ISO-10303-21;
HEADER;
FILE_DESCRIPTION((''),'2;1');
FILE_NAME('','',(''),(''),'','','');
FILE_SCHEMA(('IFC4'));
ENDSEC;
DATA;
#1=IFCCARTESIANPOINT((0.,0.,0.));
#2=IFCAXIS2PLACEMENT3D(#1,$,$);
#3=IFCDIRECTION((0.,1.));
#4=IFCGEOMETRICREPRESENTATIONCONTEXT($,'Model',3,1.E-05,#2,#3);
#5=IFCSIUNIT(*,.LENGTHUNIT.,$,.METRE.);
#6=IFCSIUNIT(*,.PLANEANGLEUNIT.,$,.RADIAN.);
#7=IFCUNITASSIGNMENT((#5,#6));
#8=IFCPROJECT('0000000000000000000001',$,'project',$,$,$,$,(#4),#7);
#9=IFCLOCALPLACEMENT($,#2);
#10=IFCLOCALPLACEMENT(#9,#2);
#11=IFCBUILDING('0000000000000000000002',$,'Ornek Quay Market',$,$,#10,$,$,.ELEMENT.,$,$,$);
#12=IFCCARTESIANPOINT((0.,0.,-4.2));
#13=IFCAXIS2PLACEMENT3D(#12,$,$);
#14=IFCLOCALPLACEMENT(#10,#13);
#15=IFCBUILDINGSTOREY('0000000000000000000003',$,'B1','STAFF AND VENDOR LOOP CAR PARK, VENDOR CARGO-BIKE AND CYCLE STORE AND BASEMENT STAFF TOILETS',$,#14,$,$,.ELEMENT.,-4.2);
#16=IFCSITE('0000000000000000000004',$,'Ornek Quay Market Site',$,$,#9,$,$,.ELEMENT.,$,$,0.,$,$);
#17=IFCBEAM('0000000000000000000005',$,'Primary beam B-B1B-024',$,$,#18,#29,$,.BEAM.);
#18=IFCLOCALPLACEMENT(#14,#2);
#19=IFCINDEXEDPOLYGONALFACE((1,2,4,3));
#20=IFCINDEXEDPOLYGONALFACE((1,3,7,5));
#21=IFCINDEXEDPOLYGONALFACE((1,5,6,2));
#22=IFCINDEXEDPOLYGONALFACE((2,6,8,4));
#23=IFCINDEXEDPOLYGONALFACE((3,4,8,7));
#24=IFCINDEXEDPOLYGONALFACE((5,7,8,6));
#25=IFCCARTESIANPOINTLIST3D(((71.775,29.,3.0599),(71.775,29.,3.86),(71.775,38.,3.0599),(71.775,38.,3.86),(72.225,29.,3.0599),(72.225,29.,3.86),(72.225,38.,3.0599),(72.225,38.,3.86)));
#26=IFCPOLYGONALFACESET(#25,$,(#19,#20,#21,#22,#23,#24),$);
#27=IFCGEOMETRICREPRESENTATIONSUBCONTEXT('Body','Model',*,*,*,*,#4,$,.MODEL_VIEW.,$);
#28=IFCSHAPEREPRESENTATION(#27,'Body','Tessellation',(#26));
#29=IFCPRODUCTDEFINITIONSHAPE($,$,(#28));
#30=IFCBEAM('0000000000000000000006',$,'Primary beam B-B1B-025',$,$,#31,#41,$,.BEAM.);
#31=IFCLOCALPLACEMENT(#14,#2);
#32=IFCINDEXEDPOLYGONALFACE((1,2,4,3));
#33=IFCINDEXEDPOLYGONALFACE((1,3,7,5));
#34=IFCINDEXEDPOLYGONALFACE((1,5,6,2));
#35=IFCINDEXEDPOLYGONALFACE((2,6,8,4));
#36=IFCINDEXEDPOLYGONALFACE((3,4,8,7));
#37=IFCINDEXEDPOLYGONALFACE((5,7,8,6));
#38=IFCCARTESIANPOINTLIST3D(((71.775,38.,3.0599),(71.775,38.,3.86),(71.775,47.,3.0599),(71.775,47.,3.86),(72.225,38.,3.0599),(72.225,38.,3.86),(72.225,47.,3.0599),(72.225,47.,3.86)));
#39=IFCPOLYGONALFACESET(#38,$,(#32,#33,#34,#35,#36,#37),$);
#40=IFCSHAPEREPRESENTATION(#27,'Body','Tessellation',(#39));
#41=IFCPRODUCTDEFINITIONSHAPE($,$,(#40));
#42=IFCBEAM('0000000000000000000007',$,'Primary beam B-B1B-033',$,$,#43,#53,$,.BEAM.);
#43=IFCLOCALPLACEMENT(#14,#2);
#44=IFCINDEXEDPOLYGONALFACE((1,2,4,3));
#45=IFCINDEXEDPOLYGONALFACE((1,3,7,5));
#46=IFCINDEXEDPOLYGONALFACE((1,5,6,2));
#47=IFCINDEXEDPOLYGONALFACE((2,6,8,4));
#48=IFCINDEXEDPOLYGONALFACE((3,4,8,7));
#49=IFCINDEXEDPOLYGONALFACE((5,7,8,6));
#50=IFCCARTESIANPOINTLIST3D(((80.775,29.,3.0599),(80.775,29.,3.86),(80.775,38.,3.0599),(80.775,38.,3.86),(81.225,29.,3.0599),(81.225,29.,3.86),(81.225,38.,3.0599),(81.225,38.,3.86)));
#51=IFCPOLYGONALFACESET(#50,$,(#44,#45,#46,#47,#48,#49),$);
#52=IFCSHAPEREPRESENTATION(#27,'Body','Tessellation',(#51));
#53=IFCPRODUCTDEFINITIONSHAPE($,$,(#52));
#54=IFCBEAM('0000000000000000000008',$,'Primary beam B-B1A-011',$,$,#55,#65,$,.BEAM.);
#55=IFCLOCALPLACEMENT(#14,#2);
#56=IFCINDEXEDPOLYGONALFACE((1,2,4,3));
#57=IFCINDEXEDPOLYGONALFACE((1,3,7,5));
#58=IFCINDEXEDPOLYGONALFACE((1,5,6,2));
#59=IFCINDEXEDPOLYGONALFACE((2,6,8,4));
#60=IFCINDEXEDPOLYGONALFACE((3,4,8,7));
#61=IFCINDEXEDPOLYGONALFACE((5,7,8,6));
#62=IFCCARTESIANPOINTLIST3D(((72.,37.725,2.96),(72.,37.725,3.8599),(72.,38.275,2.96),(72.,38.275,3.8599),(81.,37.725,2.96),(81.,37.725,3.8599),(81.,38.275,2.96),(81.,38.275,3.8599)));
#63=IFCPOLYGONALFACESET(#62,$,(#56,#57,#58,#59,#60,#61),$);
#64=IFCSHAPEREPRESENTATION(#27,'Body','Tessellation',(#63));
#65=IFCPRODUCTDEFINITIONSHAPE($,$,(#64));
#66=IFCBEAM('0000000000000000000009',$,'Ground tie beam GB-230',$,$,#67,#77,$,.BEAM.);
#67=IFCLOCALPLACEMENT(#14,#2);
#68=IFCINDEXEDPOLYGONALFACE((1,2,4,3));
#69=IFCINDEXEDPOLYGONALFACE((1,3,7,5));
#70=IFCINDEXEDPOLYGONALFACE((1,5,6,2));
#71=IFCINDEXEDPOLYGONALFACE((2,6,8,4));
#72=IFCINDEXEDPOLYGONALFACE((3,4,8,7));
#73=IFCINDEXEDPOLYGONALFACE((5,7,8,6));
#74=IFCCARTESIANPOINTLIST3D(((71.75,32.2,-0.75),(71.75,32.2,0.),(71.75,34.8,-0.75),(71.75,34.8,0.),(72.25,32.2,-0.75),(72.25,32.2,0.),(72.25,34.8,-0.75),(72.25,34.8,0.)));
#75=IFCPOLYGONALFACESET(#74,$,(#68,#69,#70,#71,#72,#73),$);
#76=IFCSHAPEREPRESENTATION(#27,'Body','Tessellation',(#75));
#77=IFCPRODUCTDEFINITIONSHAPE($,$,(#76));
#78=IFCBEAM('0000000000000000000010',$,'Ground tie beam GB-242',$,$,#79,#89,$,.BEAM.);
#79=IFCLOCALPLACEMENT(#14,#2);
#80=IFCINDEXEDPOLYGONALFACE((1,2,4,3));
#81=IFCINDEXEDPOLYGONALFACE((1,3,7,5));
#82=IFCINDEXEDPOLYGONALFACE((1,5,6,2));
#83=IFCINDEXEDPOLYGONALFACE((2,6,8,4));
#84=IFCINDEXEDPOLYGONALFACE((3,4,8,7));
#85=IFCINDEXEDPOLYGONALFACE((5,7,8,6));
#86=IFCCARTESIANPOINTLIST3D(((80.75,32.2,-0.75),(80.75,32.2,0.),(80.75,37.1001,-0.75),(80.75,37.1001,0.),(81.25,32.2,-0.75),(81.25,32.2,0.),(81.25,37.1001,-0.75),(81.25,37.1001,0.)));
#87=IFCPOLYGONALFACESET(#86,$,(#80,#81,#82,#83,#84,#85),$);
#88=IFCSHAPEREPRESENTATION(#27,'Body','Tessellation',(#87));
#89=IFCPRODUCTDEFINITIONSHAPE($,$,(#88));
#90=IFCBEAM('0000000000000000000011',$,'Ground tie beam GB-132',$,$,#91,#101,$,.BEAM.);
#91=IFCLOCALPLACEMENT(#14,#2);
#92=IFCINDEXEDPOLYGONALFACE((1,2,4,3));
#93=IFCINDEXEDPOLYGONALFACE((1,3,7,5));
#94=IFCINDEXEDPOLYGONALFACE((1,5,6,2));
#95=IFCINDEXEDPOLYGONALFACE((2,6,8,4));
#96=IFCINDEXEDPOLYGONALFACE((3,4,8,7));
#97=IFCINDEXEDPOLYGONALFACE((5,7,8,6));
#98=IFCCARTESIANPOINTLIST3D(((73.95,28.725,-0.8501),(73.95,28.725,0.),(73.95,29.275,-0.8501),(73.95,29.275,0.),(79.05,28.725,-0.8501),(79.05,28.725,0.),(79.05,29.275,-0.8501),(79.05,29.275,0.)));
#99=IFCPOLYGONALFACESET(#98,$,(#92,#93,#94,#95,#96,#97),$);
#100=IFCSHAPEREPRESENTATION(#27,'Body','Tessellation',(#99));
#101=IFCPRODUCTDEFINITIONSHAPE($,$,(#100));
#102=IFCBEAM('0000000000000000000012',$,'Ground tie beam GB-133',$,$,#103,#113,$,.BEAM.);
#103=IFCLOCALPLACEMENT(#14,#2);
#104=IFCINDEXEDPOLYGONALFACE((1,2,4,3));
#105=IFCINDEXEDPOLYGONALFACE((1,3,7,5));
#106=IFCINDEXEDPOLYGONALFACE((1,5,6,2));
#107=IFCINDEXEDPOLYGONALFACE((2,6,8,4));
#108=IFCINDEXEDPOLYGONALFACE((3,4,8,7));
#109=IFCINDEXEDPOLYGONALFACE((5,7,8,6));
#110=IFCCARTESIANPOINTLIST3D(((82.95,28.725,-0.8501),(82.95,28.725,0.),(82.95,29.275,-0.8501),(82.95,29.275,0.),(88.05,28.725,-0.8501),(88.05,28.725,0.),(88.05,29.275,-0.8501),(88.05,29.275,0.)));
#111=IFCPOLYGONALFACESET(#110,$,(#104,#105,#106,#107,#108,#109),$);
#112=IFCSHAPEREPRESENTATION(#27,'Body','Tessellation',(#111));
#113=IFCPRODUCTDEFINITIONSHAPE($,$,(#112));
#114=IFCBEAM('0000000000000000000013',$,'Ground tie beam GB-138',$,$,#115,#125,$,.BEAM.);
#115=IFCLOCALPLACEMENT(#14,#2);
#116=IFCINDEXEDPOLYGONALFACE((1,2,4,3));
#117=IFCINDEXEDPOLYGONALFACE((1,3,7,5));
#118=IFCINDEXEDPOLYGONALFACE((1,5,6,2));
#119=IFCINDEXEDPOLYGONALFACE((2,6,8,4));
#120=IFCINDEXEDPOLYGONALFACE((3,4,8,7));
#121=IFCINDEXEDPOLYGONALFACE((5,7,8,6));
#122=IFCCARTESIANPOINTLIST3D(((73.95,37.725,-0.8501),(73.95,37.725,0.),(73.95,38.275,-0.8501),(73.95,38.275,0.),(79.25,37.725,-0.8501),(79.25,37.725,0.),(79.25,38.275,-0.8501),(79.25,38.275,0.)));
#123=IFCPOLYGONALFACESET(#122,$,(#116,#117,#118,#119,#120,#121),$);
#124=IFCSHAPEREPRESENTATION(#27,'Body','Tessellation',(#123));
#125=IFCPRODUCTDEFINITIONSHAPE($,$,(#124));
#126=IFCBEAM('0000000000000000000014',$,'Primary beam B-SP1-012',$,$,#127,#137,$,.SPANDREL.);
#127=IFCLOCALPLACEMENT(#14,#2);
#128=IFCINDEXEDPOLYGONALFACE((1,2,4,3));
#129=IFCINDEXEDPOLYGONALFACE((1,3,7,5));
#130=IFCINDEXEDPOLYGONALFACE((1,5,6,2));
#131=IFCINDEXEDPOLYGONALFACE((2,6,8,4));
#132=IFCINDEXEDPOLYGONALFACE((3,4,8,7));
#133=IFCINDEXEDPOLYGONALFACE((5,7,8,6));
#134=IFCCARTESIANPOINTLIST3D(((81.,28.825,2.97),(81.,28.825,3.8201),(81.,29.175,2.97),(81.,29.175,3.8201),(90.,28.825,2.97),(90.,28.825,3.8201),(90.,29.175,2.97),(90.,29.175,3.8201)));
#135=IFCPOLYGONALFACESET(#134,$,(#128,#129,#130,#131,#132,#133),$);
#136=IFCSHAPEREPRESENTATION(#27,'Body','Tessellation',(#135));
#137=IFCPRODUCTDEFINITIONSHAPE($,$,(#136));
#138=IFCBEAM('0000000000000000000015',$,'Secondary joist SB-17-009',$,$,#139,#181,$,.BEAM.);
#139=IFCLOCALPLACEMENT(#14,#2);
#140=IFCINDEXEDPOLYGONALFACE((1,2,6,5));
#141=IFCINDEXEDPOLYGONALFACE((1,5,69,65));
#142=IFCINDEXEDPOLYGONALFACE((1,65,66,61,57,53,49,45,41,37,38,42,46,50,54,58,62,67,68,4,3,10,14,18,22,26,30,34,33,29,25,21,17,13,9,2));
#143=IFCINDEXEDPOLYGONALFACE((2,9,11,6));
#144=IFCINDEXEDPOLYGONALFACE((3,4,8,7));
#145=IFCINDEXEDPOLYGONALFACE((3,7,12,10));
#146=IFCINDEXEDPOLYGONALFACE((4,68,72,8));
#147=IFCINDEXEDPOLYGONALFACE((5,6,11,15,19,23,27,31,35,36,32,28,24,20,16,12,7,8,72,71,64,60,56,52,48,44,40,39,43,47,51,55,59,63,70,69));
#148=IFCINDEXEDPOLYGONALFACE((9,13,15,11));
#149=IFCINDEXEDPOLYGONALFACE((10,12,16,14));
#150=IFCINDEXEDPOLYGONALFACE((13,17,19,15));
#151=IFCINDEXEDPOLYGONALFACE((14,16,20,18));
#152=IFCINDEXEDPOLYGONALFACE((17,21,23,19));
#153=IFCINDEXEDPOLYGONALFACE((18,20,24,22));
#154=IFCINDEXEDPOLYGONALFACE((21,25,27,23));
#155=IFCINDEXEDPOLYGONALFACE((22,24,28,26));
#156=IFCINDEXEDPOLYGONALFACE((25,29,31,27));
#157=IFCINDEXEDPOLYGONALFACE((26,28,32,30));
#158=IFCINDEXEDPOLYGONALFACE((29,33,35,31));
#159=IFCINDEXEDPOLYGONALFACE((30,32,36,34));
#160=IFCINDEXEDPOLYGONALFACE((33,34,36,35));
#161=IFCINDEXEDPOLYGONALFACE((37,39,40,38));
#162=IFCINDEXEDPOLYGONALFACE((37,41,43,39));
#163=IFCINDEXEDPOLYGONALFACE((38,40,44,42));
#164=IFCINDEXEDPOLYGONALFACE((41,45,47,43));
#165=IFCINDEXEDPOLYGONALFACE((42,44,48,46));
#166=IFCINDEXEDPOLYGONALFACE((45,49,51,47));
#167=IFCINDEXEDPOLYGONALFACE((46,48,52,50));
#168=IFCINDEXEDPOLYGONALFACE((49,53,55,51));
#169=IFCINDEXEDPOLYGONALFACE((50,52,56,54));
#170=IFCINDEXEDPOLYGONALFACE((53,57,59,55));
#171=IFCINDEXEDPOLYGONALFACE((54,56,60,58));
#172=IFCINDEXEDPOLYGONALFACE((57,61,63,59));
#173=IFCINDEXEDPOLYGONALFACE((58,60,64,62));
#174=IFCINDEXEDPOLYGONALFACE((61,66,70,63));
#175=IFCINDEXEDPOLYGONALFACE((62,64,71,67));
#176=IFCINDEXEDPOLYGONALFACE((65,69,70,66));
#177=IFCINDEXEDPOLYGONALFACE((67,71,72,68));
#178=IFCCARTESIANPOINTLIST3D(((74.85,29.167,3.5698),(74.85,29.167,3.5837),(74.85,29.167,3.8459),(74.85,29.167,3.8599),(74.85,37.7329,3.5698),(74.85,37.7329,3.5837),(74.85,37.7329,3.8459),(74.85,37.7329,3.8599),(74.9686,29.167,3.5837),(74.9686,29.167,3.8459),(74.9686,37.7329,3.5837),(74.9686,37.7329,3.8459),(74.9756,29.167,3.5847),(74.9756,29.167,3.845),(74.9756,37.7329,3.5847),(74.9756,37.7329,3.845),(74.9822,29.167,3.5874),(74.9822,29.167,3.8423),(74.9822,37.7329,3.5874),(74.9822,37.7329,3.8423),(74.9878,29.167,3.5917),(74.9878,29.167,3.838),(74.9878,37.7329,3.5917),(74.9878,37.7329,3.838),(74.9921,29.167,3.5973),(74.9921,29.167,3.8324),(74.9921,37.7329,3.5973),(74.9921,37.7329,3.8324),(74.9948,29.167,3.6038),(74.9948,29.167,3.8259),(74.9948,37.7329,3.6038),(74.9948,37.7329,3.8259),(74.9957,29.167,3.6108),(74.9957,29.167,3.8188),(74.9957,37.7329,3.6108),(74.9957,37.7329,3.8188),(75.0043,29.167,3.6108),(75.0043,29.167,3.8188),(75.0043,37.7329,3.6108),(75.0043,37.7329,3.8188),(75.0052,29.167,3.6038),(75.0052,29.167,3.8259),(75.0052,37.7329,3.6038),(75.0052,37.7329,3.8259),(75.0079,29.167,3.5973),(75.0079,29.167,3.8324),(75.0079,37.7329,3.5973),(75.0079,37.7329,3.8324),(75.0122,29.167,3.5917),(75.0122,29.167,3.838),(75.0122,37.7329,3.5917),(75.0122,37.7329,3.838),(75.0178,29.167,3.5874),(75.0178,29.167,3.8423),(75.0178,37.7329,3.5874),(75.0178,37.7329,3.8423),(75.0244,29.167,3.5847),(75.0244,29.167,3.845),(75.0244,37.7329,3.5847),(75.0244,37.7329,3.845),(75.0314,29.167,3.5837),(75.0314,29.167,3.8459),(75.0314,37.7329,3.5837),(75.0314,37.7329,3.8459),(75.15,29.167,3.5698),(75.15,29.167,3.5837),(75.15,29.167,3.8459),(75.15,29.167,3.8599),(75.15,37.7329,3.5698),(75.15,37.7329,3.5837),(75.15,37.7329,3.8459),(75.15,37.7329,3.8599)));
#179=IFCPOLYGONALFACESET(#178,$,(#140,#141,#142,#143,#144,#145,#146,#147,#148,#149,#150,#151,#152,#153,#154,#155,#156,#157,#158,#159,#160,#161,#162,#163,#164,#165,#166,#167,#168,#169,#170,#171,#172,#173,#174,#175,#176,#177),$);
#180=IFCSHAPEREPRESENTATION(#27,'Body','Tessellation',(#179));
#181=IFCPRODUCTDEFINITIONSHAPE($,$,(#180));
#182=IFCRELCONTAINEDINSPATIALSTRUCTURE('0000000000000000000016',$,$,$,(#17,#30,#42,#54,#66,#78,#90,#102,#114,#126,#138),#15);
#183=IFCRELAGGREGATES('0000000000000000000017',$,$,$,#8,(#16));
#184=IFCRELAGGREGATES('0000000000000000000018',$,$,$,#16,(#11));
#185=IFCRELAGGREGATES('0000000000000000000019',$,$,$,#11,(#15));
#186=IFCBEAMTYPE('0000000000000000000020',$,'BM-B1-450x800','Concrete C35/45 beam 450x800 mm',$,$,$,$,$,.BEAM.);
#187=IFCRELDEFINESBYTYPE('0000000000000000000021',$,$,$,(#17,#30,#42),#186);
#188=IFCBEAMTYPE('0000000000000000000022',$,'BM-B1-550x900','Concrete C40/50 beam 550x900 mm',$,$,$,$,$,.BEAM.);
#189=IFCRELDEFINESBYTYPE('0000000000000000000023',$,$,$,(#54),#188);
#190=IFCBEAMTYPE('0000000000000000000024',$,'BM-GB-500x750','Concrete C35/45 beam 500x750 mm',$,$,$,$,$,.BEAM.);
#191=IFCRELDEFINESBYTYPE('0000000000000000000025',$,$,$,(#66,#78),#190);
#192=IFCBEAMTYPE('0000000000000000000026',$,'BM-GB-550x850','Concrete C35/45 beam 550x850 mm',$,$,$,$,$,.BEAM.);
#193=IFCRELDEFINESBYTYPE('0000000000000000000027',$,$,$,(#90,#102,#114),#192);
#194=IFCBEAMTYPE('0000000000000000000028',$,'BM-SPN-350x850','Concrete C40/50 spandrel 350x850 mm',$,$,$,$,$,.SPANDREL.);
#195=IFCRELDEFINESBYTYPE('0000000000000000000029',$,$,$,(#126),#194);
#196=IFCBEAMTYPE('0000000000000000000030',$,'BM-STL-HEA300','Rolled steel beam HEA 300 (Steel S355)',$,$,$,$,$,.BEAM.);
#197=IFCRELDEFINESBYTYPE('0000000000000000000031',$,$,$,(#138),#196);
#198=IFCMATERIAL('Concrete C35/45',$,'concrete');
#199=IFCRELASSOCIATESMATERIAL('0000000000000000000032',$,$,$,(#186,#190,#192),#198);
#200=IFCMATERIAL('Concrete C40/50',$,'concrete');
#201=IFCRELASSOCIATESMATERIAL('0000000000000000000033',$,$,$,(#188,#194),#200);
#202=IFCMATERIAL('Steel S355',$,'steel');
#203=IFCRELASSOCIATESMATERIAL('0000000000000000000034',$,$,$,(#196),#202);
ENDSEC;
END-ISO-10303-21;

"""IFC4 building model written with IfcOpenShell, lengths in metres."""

from ifc_helpers import new_model, si_unit, direction, frame, origin, origin_2d, place, context, subcontext, project, spatial, rectangle, i_section, extrude, material, material_profile, profile_set, type_object, element, save


model = new_model("IFC4")

# Units and contexts
model_context = context("Model", 3, precision=1e-05, world=origin(), true_north=direction((0.0, 1.0)))
body_context = subcontext(model_context, "Body", "Model", "MODEL_VIEW")
ifc_project = project(units=[si_unit("LENGTHUNIT", "METRE"), si_unit("PLANEANGLEUNIT", "RADIAN")], contexts=[model_context])

# Site, building, storey
site_placement = place(None, origin())
site = spatial("IfcSite", under=ifc_project, at=site_placement, Name="Ornek Quay Market Site", CompositionType="ELEMENT", RefElevation=0.0)
building_placement = place(site_placement, origin())
building = spatial("IfcBuilding", under=site, at=building_placement, Name="Ornek Quay Market", CompositionType="ELEMENT")
storey_placement = place(building_placement, frame((0.0, 0.0, -4.2)))
storey = spatial("IfcBuildingStorey", under=building, at=storey_placement, Name="B1", Description="STAFF AND VENDOR LOOP CAR PARK, VENDOR CARGO-BIKE AND CYCLE STORE AND BASEMENT STAFF TOILETS", CompositionType="ELEMENT", Elevation=-4.2)

# Shared definitions
ifc_material_1 = material(Name="Concrete C35/45", Category="concrete")

# Shared definitions
ifc_material_2 = material(Name="Concrete C40/50", Category="concrete")

# Beams
ifc_material_profile_1 = material_profile(ifc_material_1, rectangle(XDim=0.45, YDim=0.8, at=origin_2d()), Name="RC 450x800", Category="concrete")
ifc_profile_set_1 = profile_set([ifc_material_profile_1], Name="Concrete C35/45")
beam_type_1 = type_object("IfcBeamType", Name="BM-B1-450x800", Description="Concrete C35/45 beam 450x800 mm", PredefinedType="BEAM", material=ifc_profile_set_1)
for number, where, z_axis, x_axis, name in (
    (1, (72.0, 29.0, 3.46), (0.0, 1.0, 0.0), (-1.0, 0.0, 0.0), "Primary beam B-B1B-024"),
    (2, (72.0, 38.0, 3.46), (0.0, 1.0, 0.0), (-1.0, 0.0, 0.0), "Primary beam B-B1B-025"),
    (3, (81.0, 29.0, 3.46), (0.0, 1.0, 0.0), (-1.0, 0.0, 0.0), "Primary beam B-B1B-033"),
):
    element("IfcBeam", number, at=place(storey_placement, frame(where, z_axis=z_axis, x_axis=x_axis)), inside=storey, type_object=beam_type_1, Name=name, PredefinedType="BEAM", context=body_context, shape_type="SweptSolid", body=[
        extrude(rectangle(XDim=0.45, YDim=0.8, at=origin_2d()), origin(), (0.0, 0.0, 1.0), 9.0),
    ])
ifc_material_profile_2 = material_profile(ifc_material_2, rectangle(XDim=0.55, YDim=0.8999, at=origin_2d()), Name="RC 550x900", Category="concrete")
ifc_profile_set_2 = profile_set([ifc_material_profile_2], Name="Concrete C40/50")
beam_type_2 = type_object("IfcBeamType", Name="BM-B1-550x900", Description="Concrete C40/50 beam 550x900 mm", PredefinedType="BEAM", material=ifc_profile_set_2)
beam_1_placement = place(storey_placement, frame((72.0, 38.0, 3.4099), z_axis=(1.0, 0.0, 0.0), x_axis=(0.0, 1.0, 0.0)))
element("IfcBeam", 4, at=beam_1_placement, inside=storey, type_object=beam_type_2, Name="Primary beam B-B1A-011", PredefinedType="BEAM", context=body_context, shape_type="SweptSolid", body=[
    extrude(rectangle(XDim=0.55, YDim=0.8999, at=origin_2d()), origin(), (0.0, 0.0, 1.0), 9.0),
])
ifc_material_profile_3 = material_profile(ifc_material_1, rectangle(XDim=0.5, YDim=0.75, at=origin_2d()), Name="RC 500x750", Category="concrete")
ifc_profile_set_3 = profile_set([ifc_material_profile_3], Name="Concrete C35/45")
beam_type_3 = type_object("IfcBeamType", Name="BM-GB-500x750", Description="Concrete C35/45 beam 500x750 mm", PredefinedType="BEAM", material=ifc_profile_set_3)
beam_2_placement = place(storey_placement, frame((72.0, 32.2, -0.375), z_axis=(0.0, 1.0, 0.0), x_axis=(-1.0, 0.0, 0.0)))
element("IfcBeam", 5, at=beam_2_placement, inside=storey, type_object=beam_type_3, Name="Ground tie beam GB-230", PredefinedType="BEAM", context=body_context, shape_type="SweptSolid", body=[
    extrude(rectangle(XDim=0.5, YDim=0.75, at=origin_2d()), origin(), (0.0, 0.0, 1.0), 2.6001),
])
beam_3_placement = place(storey_placement, frame((81.0, 32.2, -0.375), z_axis=(0.0, 1.0, 0.0), x_axis=(-1.0, 0.0, 0.0)))
element("IfcBeam", 6, at=beam_3_placement, inside=storey, type_object=beam_type_3, Name="Ground tie beam GB-242", PredefinedType="BEAM", context=body_context, shape_type="SweptSolid", body=[
    extrude(rectangle(XDim=0.5, YDim=0.75, at=origin_2d()), origin(), (0.0, 0.0, 1.0), 4.9001),
])
ifc_material_profile_4 = material_profile(ifc_material_1, rectangle(XDim=0.55, YDim=0.8501, at=origin_2d()), Name="RC 550x850", Category="concrete")
ifc_profile_set_4 = profile_set([ifc_material_profile_4], Name="Concrete C35/45")
beam_type_4 = type_object("IfcBeamType", Name="BM-GB-550x850", Description="Concrete C35/45 beam 550x850 mm", PredefinedType="BEAM", material=ifc_profile_set_4)
for number, where, z_axis, x_axis, name in (
    (7, (73.95, 29.0, -0.425), (1.0, 0.0, 0.0), (0.0, 1.0, 0.0), "Ground tie beam GB-132"),
    (8, (82.95, 29.0, -0.425), (1.0, 0.0, 0.0), (0.0, 1.0, 0.0), "Ground tie beam GB-133"),
):
    element("IfcBeam", number, at=place(storey_placement, frame(where, z_axis=z_axis, x_axis=x_axis)), inside=storey, type_object=beam_type_4, Name=name, PredefinedType="BEAM", context=body_context, shape_type="SweptSolid", body=[
        extrude(rectangle(XDim=0.55, YDim=0.8501, at=origin_2d()), origin(), (0.0, 0.0, 1.0), 5.1001),
    ])
beam_4_placement = place(storey_placement, frame((73.95, 38.0, -0.425), z_axis=(1.0, 0.0, 0.0), x_axis=(0.0, 1.0, 0.0)))
element("IfcBeam", 9, at=beam_4_placement, inside=storey, type_object=beam_type_4, Name="Ground tie beam GB-138", PredefinedType="BEAM", context=body_context, shape_type="SweptSolid", body=[
    extrude(rectangle(XDim=0.55, YDim=0.8501, at=origin_2d()), origin(), (0.0, 0.0, 1.0), 5.3),
])
ifc_material_profile_5 = material_profile(ifc_material_2, rectangle(XDim=0.3501, YDim=0.8501, at=origin_2d()), Name="RC 350x850", Category="concrete")
ifc_profile_set_5 = profile_set([ifc_material_profile_5], Name="Concrete C40/50")
beam_type_5 = type_object("IfcBeamType", Name="BM-SPN-350x850", Description="Concrete C40/50 spandrel 350x850 mm", PredefinedType="SPANDREL", material=ifc_profile_set_5)
beam_5_placement = place(storey_placement, frame((81.0, 29.0, 3.395), z_axis=(1.0, 0.0, 0.0), x_axis=(0.0, 1.0, 0.0)))
element("IfcBeam", 10, at=beam_5_placement, inside=storey, type_object=beam_type_5, Name="Primary beam B-SP1-012", PredefinedType="SPANDREL", context=body_context, shape_type="SweptSolid", body=[
    extrude(rectangle(XDim=0.3501, YDim=0.8501, at=origin_2d()), origin(), (0.0, 0.0, 1.0), 9.0),
])
ifc_material_3 = material(Name="Steel S355", Category="steel")
ifc_material_profile_6 = material_profile(ifc_material_3, i_section(OverallWidth=0.3, OverallDepth=0.29, WebThickness=0.0085, FlangeThickness=0.0139, FilletRadius=0.0271, at=origin_2d()), Name="HEA 300", Category="steel")
ifc_profile_set_6 = profile_set([ifc_material_profile_6], Name="Steel S355")
beam_type_6 = type_object("IfcBeamType", Name="BM-STL-HEA300", Description="Rolled steel beam HEA 300 (Steel S355)", PredefinedType="BEAM", material=ifc_profile_set_6)
for number, where, z_axis, x_axis, name in (
    (11, (75.0, 29.167, 3.7148), (0.0, 1.0, 0.0), (-1.0, 0.0, 0.0), "Secondary joist SB-17-009"),
):
    element("IfcBeam", number, at=place(storey_placement, frame(where, z_axis=z_axis, x_axis=x_axis)), inside=storey, type_object=beam_type_6, Name=name, PredefinedType="BEAM", context=body_context, shape_type="SweptSolid", body=[
        extrude(i_section(OverallWidth=0.3, OverallDepth=0.29, WebThickness=0.0085, FlangeThickness=0.0139, FilletRadius=0.0271, at=origin_2d()), origin(), (0.0, 0.0, 1.0), 8.5659),
    ])

save(model, "model.ifc")
